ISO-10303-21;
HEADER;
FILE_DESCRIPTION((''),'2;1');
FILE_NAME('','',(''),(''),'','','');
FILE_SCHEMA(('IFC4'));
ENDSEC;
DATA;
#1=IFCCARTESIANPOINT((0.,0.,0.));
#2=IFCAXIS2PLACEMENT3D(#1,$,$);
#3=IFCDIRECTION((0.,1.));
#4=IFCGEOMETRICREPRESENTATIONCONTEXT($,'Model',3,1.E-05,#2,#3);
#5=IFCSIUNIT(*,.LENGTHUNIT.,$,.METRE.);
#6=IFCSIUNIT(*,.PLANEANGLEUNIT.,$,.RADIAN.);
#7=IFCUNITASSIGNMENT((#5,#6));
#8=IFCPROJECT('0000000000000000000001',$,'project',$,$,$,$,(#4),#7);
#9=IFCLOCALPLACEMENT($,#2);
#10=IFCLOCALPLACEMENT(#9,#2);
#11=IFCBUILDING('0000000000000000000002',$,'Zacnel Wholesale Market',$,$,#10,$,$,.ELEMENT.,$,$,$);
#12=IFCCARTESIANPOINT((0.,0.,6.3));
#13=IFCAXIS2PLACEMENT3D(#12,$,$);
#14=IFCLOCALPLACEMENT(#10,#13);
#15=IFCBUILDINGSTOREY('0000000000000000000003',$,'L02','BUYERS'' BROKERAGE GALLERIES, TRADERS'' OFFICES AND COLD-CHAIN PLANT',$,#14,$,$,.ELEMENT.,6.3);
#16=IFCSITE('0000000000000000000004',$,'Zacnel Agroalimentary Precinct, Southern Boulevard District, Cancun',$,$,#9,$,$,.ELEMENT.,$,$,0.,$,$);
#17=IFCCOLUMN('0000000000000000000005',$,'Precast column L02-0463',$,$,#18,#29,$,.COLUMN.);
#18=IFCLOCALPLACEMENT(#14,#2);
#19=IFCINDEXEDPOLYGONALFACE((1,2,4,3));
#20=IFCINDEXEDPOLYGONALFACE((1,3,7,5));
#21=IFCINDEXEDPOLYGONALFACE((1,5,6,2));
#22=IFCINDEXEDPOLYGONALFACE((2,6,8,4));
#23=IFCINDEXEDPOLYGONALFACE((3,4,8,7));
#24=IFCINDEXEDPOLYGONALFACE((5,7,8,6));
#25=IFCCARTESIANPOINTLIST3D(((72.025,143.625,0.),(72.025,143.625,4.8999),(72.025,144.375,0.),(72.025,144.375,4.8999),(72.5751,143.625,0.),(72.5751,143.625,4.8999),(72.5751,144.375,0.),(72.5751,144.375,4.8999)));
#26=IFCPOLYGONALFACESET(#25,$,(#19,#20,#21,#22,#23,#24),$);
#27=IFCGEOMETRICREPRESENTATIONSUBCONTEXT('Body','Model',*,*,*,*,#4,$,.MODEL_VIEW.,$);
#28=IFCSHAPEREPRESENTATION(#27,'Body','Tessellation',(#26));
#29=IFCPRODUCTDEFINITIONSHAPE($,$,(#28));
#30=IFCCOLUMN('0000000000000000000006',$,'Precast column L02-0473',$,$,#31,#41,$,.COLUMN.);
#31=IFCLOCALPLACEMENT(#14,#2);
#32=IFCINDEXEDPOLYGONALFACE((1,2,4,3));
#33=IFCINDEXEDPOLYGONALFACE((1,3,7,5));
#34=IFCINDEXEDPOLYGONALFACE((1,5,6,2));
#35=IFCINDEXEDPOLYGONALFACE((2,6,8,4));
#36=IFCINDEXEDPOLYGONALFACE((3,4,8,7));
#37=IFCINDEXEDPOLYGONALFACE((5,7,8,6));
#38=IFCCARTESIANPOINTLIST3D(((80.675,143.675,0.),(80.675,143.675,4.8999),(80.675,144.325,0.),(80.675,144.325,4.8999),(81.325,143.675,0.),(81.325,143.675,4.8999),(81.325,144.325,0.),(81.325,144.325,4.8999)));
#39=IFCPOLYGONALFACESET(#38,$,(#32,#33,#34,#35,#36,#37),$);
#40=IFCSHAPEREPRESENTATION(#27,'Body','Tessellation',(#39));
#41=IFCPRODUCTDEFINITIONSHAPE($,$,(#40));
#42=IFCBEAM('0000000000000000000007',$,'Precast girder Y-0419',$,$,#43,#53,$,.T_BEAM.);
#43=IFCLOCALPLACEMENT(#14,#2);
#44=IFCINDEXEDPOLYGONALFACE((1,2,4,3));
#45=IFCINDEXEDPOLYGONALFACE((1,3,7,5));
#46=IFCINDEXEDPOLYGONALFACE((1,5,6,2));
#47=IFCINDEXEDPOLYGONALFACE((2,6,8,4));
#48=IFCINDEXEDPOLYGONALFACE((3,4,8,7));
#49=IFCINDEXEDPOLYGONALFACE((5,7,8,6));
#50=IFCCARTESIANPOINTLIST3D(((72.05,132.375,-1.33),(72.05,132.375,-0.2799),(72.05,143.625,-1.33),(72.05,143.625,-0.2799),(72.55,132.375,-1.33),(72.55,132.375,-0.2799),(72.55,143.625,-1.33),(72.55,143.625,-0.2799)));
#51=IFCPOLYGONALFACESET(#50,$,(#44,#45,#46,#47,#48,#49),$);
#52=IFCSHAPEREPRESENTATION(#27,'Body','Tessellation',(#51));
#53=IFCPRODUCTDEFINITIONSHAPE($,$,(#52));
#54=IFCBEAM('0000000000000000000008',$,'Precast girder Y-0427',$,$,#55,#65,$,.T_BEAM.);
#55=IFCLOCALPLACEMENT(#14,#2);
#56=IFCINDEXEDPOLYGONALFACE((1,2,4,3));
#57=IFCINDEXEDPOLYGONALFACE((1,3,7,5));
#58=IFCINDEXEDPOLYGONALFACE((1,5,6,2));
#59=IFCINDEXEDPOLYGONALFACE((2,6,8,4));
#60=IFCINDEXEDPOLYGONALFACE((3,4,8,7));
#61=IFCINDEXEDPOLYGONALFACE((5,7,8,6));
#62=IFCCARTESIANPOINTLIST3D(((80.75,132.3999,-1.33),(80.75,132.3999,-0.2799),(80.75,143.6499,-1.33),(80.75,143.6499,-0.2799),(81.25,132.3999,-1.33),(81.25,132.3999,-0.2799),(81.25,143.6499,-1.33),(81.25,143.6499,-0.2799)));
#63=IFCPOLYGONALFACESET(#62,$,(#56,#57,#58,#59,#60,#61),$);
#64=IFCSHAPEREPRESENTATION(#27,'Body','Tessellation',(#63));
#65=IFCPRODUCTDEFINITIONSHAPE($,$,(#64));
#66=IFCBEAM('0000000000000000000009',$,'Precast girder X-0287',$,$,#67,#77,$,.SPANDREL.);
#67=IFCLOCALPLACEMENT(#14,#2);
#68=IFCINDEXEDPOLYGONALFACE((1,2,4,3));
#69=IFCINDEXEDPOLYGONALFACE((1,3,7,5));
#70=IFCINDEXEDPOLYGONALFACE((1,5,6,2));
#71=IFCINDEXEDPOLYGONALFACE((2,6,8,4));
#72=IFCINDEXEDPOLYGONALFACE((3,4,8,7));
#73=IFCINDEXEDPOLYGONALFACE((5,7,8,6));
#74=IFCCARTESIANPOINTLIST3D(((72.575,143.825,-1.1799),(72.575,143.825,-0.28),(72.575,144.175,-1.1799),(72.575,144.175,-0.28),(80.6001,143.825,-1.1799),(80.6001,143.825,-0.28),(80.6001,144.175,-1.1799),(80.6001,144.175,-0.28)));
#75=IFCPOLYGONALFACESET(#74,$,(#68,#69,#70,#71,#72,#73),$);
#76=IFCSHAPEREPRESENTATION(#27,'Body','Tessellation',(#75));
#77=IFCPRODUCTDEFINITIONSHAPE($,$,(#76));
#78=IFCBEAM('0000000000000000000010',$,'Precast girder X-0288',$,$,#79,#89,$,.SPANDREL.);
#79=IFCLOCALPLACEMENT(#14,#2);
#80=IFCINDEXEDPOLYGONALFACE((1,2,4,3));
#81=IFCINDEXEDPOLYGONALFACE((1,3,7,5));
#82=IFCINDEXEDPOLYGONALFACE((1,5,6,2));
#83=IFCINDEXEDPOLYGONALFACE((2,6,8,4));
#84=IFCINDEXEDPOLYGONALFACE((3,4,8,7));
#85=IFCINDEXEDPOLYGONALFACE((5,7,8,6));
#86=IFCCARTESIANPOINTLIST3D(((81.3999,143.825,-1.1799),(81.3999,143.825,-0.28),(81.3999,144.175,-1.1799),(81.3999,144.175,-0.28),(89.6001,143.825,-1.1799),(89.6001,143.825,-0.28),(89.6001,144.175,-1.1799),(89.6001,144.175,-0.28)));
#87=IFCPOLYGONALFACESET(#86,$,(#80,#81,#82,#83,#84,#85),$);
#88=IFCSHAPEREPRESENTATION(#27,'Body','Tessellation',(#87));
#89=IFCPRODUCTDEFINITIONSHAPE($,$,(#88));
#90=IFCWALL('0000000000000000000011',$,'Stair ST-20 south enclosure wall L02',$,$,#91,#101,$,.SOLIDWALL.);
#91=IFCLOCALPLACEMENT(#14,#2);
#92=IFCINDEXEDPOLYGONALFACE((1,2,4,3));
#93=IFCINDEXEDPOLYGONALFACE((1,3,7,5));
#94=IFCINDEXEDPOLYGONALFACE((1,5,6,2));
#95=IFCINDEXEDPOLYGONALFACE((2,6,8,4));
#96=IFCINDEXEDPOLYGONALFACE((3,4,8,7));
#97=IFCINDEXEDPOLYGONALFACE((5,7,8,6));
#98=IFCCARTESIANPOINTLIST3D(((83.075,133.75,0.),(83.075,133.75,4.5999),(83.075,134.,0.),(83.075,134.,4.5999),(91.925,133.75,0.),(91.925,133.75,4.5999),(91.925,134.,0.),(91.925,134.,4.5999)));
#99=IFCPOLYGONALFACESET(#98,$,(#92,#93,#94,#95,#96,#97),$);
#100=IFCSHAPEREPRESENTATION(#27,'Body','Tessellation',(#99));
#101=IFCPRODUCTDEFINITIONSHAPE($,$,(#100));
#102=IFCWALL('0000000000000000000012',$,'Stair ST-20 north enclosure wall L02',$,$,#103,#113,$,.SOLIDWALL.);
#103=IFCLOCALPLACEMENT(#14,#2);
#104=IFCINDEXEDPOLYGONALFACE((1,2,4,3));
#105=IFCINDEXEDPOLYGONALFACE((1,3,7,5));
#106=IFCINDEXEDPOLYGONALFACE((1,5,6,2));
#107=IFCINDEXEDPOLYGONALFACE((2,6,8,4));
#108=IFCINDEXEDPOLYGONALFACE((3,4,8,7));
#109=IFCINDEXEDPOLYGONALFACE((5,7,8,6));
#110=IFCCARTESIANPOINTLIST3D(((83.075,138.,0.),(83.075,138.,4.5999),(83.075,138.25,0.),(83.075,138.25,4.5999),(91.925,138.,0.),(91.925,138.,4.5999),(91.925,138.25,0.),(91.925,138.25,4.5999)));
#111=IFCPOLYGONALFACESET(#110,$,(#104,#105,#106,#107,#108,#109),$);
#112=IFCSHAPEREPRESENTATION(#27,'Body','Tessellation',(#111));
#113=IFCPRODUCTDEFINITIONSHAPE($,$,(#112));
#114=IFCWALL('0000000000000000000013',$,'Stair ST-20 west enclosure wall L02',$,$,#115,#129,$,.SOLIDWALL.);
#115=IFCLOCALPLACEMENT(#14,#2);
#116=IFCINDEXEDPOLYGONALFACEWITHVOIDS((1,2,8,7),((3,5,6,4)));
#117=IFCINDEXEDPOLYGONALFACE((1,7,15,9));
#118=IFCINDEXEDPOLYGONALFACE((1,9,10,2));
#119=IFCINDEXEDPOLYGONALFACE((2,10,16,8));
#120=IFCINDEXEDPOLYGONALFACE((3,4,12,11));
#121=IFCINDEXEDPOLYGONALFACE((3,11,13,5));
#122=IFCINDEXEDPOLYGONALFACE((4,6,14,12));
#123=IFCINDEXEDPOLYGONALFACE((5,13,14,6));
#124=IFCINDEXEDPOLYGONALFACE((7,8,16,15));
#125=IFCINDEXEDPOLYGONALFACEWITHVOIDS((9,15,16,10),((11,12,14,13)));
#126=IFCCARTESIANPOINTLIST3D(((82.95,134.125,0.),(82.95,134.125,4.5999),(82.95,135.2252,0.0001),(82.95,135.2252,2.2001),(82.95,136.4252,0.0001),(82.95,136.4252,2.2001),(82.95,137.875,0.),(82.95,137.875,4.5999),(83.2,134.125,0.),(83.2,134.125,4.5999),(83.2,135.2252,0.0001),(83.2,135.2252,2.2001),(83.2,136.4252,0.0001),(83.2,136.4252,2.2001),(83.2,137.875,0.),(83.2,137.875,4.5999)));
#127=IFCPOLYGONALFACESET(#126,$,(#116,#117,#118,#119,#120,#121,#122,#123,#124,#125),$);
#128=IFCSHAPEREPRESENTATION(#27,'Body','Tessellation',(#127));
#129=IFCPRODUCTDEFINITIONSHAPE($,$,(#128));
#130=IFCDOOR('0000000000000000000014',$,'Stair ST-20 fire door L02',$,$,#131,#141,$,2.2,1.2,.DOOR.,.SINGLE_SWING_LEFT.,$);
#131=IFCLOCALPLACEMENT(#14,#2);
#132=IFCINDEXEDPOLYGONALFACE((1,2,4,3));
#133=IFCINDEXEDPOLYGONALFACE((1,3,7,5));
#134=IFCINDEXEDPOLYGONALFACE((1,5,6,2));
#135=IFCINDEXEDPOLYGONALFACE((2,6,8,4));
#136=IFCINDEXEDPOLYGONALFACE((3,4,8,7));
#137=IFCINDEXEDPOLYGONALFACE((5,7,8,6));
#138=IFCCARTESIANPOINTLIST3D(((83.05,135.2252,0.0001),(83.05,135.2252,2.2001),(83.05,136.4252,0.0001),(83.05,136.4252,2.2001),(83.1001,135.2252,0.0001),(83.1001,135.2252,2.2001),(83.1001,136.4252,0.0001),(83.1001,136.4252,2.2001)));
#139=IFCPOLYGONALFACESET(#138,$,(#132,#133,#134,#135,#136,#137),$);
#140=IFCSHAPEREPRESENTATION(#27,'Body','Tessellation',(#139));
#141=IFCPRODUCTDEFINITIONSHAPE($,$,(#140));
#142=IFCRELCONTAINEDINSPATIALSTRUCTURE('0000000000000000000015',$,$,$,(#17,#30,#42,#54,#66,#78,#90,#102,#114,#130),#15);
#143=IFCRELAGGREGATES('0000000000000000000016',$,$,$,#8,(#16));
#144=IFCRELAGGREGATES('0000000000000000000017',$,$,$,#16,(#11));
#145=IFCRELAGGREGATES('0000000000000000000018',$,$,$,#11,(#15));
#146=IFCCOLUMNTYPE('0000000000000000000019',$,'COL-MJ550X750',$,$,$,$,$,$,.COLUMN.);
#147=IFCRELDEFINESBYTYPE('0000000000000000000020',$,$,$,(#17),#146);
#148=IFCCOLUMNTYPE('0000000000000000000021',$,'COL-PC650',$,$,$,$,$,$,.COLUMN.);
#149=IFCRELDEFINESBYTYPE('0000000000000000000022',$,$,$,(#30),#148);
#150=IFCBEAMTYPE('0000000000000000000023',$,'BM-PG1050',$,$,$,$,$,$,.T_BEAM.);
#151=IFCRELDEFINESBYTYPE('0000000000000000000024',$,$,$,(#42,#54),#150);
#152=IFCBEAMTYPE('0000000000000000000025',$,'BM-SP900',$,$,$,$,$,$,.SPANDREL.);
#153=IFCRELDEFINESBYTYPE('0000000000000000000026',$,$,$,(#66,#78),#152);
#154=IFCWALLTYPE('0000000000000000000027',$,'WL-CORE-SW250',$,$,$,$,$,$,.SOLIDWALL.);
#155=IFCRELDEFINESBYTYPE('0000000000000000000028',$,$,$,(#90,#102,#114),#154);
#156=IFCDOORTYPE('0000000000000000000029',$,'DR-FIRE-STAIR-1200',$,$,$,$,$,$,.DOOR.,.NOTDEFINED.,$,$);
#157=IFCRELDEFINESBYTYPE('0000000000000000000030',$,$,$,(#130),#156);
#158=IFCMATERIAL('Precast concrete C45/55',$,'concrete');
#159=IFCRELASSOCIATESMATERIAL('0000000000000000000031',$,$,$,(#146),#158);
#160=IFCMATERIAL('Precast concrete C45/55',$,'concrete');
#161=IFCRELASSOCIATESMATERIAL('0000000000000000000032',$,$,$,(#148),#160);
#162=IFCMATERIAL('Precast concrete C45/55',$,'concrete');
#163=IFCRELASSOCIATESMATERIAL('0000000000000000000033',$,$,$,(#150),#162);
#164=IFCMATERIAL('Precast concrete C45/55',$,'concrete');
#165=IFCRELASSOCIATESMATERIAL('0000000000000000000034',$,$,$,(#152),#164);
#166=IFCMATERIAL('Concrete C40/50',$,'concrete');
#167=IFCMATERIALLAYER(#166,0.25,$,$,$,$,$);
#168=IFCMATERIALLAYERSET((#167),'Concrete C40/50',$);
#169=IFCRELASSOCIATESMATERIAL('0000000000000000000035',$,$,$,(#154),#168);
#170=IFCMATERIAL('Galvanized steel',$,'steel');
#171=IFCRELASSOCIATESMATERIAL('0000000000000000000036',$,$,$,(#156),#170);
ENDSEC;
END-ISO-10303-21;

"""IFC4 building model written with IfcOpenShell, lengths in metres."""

from ifc_helpers import new_model, si_unit, direction, frame, frame_2d, origin, origin_2d, place, context, subcontext, project, spatial, rectangle, extrude, material, layer, layer_set, material_profile, profile_set, type_object, element, fill, save


model = new_model("IFC4")

# Units and contexts
model_context = context("Model", 3, precision=1e-05, world=origin(), true_north=direction((0.0, 1.0)))
body_context = subcontext(model_context, "Body", "Model", "MODEL_VIEW")
ifc_project = project(units=[si_unit("LENGTHUNIT", "METRE"), si_unit("PLANEANGLEUNIT", "RADIAN")], contexts=[model_context])

# Site, building, storey
site_placement = place(None, origin())
site = spatial("IfcSite", under=ifc_project, at=site_placement, Name="Zacnel Agroalimentary Precinct, Southern Boulevard District, Cancun", CompositionType="ELEMENT", RefElevation=0.0)
building_placement = place(site_placement, origin())
building = spatial("IfcBuilding", under=site, at=building_placement, Name="Zacnel Wholesale Market", CompositionType="ELEMENT")
storey_placement = place(building_placement, frame((0.0, 0.0, 6.3)))
storey = spatial("IfcBuildingStorey", under=building, at=storey_placement, Name="L02", Description="BUYERS' BROKERAGE GALLERIES, TRADERS' OFFICES AND COLD-CHAIN PLANT", CompositionType="ELEMENT", Elevation=6.3)

# Columns
ifc_material_1 = material(Name="Precast concrete C45/55", Category="concrete")
ifc_material_profile_1 = material_profile(ifc_material_1, rectangle(XDim=0.55, YDim=0.75, at=origin_2d()), Name="PC 550x750")
ifc_profile_set_1 = profile_set([ifc_material_profile_1], Name="Precast concrete C45/55")
column_type_1 = type_object("IfcColumnType", Name="COL-MJ550X750", PredefinedType="COLUMN", material=ifc_profile_set_1)
column_1_placement = place(storey_placement, frame((72.3, 144.0, 0.0), z_axis=(0.0, 0.0, 1.0), x_axis=(1.0, 0.0, 0.0)))
element("IfcColumn", 1, at=column_1_placement, inside=storey, type_object=column_type_1, Name="Precast column L02-0463", PredefinedType="COLUMN", context=body_context, shape_type="SweptSolid", body=[
    extrude(rectangle(XDim=0.55, YDim=0.75, at=origin_2d()), origin(), (0.0, 0.0, 1.0), 4.8999),
])
ifc_material_2 = material(Name="Precast concrete C45/55", Category="concrete")
ifc_material_profile_2 = material_profile(ifc_material_2, rectangle(XDim=0.6499, YDim=0.6499, at=origin_2d()), Name="PC 650x650")
ifc_profile_set_2 = profile_set([ifc_material_profile_2], Name="Precast concrete C45/55")
column_type_2 = type_object("IfcColumnType", Name="COL-PC650", PredefinedType="COLUMN", material=ifc_profile_set_2)
column_2_placement = place(storey_placement, frame((81.0, 144.0, 0.0), z_axis=(0.0, 0.0, 1.0), x_axis=(1.0, 0.0, 0.0)))
element("IfcColumn", 2, at=column_2_placement, inside=storey, type_object=column_type_2, Name="Precast column L02-0473", PredefinedType="COLUMN", context=body_context, shape_type="SweptSolid", body=[
    extrude(rectangle(XDim=0.6499, YDim=0.6499, at=origin_2d()), origin(), (0.0, 0.0, 1.0), 4.8999),
])

# Beams
ifc_material_3 = material(Name="Precast concrete C45/55", Category="concrete")
ifc_material_profile_3 = material_profile(ifc_material_3, rectangle(XDim=0.5, YDim=1.05, at=origin_2d()), Name="PG 500x1050")
ifc_profile_set_3 = profile_set([ifc_material_profile_3], Name="Precast concrete C45/55")
beam_type_1 = type_object("IfcBeamType", Name="BM-PG1050", PredefinedType="T_BEAM", material=ifc_profile_set_3)
for number, where, z_axis, x_axis, name in (
    (3, (72.3, 132.375, -0.8049), (0.0, 1.0, 0.0), (-1.0, 0.0, 0.0), "Precast girder Y-0419"),
    (4, (81.0, 132.3999, -0.8049), (0.0, 1.0, 0.0), (-1.0, 0.0, 0.0), "Precast girder Y-0427"),
):
    element("IfcBeam", number, at=place(storey_placement, frame(where, z_axis=z_axis, x_axis=x_axis)), inside=storey, type_object=beam_type_1, Name=name, PredefinedType="T_BEAM", context=body_context, shape_type="SweptSolid", body=[
        extrude(rectangle(XDim=0.5, YDim=1.05, at=origin_2d()), origin(), (0.0, 0.0, 1.0), 11.25),
    ])
ifc_material_4 = material(Name="Precast concrete C45/55", Category="concrete")
ifc_material_profile_4 = material_profile(ifc_material_4, rectangle(XDim=0.3501, YDim=0.8999, at=origin_2d()), Name="SP 350x900")
ifc_profile_set_4 = profile_set([ifc_material_profile_4], Name="Precast concrete C45/55")
beam_type_2 = type_object("IfcBeamType", Name="BM-SP900", PredefinedType="SPANDREL", material=ifc_profile_set_4)
beam_1_placement = place(storey_placement, frame((72.575, 144.0, -0.73), z_axis=(1.0, 0.0, 0.0), x_axis=(0.0, 1.0, 0.0)))
element("IfcBeam", 5, at=beam_1_placement, inside=storey, type_object=beam_type_2, Name="Precast girder X-0287", PredefinedType="SPANDREL", context=body_context, shape_type="SweptSolid", body=[
    extrude(rectangle(XDim=0.3501, YDim=0.8999, at=origin_2d()), origin(), (0.0, 0.0, 1.0), 8.0251),
])
beam_2_placement = place(storey_placement, frame((81.3999, 144.0, -0.73), z_axis=(1.0, 0.0, 0.0), x_axis=(0.0, 1.0, 0.0)))
element("IfcBeam", 6, at=beam_2_placement, inside=storey, type_object=beam_type_2, Name="Precast girder X-0288", PredefinedType="SPANDREL", context=body_context, shape_type="SweptSolid", body=[
    extrude(rectangle(XDim=0.3501, YDim=0.8999, at=origin_2d()), origin(), (0.0, 0.0, 1.0), 8.2002),
])

# Walls
ifc_material_5 = material(Name="Concrete C40/50", Category="concrete")
ifc_layer_1 = layer(ifc_material_5, 0.25)
ifc_layer_set_1 = layer_set([ifc_layer_1], Name="Concrete C40/50")
wall_type_1 = type_object("IfcWallType", Name="WL-CORE-SW250", PredefinedType="SOLIDWALL", material=ifc_layer_set_1)
for number, where, z_axis, x_axis, name in (
    (7, (83.075, 133.875, 0.0), (0.0, 0.0, 1.0), (1.0, 0.0, 0.0), "Stair ST-20 south enclosure wall L02"),
    (8, (83.075, 138.125, 0.0), (0.0, 0.0, 1.0), (1.0, 0.0, 0.0), "Stair ST-20 north enclosure wall L02"),
):
    element("IfcWall", number, at=place(storey_placement, frame(where, z_axis=z_axis, x_axis=x_axis)), inside=storey, type_object=wall_type_1, Name=name, PredefinedType="SOLIDWALL", context=body_context, shape_type="SweptSolid", body=[
        extrude(rectangle(XDim=8.8501, YDim=0.25, at=frame_2d((4.425, 0.0))), origin(), (0.0, 0.0, 1.0), 4.5999),
    ])

# Wall, opening, door
wall_1_placement = place(storey_placement, frame((83.075, 134.125, 0.0), z_axis=(0.0, 0.0, 1.0), x_axis=(0.0, 1.0, 0.0)))
wall_1 = element("IfcWall", 9, at=wall_1_placement, inside=storey, type_object=wall_type_1, Name="Stair ST-20 west enclosure wall L02", PredefinedType="SOLIDWALL", context=body_context, shape_type="SweptSolid", body=[
    extrude(rectangle(XDim=3.75, YDim=0.25, at=frame_2d((1.875, 0.0))), origin(), (0.0, 0.0, 1.0), 4.5999),
])
opening_1_placement = place(wall_1_placement, frame((1.1001, 0.0, 0.0)))
opening_1 = element("IfcOpeningElement", 10, at=opening_1_placement, cuts=wall_1, PredefinedType="OPENING", context=body_context, shape_type="SweptSolid", body=[
    extrude(rectangle(XDim=1.2, YDim=2.2, at=frame_2d((0.6001, 1.1001))), frame((0.0, 0.135, 0.0), z_axis=(0.0, -1.0, 0.0), x_axis=(1.0, 0.0, 0.0)), (0.0, 0.0, 1.0), 0.27),
])
ifc_material_6 = material(Name="Galvanized steel", Category="steel")
door_type = type_object("IfcDoorType", Name="DR-FIRE-STAIR-1200", OperationType="NOTDEFINED", PredefinedType="DOOR", material=ifc_material_6)
door_placement = place(opening_1_placement, origin())
door = element("IfcDoor", 11, at=door_placement, inside=storey, type_object=door_type, Name="Stair ST-20 fire door L02", OperationType="SINGLE_SWING_LEFT", OverallHeight=2.2, OverallWidth=1.2, PredefinedType="DOOR", context=body_context, shape_type="SweptSolid", body=[
    extrude(rectangle(XDim=1.2, YDim=2.2, at=frame_2d((0.6001, 1.1001))), frame((0.0, 0.0249, 0.0), z_axis=(0.0, -1.0, 0.0), x_axis=(1.0, 0.0, 0.0)), (0.0, 0.0, 1.0), 0.05),
])
fill(opening_1, door)

save(model, "model.ifc")
